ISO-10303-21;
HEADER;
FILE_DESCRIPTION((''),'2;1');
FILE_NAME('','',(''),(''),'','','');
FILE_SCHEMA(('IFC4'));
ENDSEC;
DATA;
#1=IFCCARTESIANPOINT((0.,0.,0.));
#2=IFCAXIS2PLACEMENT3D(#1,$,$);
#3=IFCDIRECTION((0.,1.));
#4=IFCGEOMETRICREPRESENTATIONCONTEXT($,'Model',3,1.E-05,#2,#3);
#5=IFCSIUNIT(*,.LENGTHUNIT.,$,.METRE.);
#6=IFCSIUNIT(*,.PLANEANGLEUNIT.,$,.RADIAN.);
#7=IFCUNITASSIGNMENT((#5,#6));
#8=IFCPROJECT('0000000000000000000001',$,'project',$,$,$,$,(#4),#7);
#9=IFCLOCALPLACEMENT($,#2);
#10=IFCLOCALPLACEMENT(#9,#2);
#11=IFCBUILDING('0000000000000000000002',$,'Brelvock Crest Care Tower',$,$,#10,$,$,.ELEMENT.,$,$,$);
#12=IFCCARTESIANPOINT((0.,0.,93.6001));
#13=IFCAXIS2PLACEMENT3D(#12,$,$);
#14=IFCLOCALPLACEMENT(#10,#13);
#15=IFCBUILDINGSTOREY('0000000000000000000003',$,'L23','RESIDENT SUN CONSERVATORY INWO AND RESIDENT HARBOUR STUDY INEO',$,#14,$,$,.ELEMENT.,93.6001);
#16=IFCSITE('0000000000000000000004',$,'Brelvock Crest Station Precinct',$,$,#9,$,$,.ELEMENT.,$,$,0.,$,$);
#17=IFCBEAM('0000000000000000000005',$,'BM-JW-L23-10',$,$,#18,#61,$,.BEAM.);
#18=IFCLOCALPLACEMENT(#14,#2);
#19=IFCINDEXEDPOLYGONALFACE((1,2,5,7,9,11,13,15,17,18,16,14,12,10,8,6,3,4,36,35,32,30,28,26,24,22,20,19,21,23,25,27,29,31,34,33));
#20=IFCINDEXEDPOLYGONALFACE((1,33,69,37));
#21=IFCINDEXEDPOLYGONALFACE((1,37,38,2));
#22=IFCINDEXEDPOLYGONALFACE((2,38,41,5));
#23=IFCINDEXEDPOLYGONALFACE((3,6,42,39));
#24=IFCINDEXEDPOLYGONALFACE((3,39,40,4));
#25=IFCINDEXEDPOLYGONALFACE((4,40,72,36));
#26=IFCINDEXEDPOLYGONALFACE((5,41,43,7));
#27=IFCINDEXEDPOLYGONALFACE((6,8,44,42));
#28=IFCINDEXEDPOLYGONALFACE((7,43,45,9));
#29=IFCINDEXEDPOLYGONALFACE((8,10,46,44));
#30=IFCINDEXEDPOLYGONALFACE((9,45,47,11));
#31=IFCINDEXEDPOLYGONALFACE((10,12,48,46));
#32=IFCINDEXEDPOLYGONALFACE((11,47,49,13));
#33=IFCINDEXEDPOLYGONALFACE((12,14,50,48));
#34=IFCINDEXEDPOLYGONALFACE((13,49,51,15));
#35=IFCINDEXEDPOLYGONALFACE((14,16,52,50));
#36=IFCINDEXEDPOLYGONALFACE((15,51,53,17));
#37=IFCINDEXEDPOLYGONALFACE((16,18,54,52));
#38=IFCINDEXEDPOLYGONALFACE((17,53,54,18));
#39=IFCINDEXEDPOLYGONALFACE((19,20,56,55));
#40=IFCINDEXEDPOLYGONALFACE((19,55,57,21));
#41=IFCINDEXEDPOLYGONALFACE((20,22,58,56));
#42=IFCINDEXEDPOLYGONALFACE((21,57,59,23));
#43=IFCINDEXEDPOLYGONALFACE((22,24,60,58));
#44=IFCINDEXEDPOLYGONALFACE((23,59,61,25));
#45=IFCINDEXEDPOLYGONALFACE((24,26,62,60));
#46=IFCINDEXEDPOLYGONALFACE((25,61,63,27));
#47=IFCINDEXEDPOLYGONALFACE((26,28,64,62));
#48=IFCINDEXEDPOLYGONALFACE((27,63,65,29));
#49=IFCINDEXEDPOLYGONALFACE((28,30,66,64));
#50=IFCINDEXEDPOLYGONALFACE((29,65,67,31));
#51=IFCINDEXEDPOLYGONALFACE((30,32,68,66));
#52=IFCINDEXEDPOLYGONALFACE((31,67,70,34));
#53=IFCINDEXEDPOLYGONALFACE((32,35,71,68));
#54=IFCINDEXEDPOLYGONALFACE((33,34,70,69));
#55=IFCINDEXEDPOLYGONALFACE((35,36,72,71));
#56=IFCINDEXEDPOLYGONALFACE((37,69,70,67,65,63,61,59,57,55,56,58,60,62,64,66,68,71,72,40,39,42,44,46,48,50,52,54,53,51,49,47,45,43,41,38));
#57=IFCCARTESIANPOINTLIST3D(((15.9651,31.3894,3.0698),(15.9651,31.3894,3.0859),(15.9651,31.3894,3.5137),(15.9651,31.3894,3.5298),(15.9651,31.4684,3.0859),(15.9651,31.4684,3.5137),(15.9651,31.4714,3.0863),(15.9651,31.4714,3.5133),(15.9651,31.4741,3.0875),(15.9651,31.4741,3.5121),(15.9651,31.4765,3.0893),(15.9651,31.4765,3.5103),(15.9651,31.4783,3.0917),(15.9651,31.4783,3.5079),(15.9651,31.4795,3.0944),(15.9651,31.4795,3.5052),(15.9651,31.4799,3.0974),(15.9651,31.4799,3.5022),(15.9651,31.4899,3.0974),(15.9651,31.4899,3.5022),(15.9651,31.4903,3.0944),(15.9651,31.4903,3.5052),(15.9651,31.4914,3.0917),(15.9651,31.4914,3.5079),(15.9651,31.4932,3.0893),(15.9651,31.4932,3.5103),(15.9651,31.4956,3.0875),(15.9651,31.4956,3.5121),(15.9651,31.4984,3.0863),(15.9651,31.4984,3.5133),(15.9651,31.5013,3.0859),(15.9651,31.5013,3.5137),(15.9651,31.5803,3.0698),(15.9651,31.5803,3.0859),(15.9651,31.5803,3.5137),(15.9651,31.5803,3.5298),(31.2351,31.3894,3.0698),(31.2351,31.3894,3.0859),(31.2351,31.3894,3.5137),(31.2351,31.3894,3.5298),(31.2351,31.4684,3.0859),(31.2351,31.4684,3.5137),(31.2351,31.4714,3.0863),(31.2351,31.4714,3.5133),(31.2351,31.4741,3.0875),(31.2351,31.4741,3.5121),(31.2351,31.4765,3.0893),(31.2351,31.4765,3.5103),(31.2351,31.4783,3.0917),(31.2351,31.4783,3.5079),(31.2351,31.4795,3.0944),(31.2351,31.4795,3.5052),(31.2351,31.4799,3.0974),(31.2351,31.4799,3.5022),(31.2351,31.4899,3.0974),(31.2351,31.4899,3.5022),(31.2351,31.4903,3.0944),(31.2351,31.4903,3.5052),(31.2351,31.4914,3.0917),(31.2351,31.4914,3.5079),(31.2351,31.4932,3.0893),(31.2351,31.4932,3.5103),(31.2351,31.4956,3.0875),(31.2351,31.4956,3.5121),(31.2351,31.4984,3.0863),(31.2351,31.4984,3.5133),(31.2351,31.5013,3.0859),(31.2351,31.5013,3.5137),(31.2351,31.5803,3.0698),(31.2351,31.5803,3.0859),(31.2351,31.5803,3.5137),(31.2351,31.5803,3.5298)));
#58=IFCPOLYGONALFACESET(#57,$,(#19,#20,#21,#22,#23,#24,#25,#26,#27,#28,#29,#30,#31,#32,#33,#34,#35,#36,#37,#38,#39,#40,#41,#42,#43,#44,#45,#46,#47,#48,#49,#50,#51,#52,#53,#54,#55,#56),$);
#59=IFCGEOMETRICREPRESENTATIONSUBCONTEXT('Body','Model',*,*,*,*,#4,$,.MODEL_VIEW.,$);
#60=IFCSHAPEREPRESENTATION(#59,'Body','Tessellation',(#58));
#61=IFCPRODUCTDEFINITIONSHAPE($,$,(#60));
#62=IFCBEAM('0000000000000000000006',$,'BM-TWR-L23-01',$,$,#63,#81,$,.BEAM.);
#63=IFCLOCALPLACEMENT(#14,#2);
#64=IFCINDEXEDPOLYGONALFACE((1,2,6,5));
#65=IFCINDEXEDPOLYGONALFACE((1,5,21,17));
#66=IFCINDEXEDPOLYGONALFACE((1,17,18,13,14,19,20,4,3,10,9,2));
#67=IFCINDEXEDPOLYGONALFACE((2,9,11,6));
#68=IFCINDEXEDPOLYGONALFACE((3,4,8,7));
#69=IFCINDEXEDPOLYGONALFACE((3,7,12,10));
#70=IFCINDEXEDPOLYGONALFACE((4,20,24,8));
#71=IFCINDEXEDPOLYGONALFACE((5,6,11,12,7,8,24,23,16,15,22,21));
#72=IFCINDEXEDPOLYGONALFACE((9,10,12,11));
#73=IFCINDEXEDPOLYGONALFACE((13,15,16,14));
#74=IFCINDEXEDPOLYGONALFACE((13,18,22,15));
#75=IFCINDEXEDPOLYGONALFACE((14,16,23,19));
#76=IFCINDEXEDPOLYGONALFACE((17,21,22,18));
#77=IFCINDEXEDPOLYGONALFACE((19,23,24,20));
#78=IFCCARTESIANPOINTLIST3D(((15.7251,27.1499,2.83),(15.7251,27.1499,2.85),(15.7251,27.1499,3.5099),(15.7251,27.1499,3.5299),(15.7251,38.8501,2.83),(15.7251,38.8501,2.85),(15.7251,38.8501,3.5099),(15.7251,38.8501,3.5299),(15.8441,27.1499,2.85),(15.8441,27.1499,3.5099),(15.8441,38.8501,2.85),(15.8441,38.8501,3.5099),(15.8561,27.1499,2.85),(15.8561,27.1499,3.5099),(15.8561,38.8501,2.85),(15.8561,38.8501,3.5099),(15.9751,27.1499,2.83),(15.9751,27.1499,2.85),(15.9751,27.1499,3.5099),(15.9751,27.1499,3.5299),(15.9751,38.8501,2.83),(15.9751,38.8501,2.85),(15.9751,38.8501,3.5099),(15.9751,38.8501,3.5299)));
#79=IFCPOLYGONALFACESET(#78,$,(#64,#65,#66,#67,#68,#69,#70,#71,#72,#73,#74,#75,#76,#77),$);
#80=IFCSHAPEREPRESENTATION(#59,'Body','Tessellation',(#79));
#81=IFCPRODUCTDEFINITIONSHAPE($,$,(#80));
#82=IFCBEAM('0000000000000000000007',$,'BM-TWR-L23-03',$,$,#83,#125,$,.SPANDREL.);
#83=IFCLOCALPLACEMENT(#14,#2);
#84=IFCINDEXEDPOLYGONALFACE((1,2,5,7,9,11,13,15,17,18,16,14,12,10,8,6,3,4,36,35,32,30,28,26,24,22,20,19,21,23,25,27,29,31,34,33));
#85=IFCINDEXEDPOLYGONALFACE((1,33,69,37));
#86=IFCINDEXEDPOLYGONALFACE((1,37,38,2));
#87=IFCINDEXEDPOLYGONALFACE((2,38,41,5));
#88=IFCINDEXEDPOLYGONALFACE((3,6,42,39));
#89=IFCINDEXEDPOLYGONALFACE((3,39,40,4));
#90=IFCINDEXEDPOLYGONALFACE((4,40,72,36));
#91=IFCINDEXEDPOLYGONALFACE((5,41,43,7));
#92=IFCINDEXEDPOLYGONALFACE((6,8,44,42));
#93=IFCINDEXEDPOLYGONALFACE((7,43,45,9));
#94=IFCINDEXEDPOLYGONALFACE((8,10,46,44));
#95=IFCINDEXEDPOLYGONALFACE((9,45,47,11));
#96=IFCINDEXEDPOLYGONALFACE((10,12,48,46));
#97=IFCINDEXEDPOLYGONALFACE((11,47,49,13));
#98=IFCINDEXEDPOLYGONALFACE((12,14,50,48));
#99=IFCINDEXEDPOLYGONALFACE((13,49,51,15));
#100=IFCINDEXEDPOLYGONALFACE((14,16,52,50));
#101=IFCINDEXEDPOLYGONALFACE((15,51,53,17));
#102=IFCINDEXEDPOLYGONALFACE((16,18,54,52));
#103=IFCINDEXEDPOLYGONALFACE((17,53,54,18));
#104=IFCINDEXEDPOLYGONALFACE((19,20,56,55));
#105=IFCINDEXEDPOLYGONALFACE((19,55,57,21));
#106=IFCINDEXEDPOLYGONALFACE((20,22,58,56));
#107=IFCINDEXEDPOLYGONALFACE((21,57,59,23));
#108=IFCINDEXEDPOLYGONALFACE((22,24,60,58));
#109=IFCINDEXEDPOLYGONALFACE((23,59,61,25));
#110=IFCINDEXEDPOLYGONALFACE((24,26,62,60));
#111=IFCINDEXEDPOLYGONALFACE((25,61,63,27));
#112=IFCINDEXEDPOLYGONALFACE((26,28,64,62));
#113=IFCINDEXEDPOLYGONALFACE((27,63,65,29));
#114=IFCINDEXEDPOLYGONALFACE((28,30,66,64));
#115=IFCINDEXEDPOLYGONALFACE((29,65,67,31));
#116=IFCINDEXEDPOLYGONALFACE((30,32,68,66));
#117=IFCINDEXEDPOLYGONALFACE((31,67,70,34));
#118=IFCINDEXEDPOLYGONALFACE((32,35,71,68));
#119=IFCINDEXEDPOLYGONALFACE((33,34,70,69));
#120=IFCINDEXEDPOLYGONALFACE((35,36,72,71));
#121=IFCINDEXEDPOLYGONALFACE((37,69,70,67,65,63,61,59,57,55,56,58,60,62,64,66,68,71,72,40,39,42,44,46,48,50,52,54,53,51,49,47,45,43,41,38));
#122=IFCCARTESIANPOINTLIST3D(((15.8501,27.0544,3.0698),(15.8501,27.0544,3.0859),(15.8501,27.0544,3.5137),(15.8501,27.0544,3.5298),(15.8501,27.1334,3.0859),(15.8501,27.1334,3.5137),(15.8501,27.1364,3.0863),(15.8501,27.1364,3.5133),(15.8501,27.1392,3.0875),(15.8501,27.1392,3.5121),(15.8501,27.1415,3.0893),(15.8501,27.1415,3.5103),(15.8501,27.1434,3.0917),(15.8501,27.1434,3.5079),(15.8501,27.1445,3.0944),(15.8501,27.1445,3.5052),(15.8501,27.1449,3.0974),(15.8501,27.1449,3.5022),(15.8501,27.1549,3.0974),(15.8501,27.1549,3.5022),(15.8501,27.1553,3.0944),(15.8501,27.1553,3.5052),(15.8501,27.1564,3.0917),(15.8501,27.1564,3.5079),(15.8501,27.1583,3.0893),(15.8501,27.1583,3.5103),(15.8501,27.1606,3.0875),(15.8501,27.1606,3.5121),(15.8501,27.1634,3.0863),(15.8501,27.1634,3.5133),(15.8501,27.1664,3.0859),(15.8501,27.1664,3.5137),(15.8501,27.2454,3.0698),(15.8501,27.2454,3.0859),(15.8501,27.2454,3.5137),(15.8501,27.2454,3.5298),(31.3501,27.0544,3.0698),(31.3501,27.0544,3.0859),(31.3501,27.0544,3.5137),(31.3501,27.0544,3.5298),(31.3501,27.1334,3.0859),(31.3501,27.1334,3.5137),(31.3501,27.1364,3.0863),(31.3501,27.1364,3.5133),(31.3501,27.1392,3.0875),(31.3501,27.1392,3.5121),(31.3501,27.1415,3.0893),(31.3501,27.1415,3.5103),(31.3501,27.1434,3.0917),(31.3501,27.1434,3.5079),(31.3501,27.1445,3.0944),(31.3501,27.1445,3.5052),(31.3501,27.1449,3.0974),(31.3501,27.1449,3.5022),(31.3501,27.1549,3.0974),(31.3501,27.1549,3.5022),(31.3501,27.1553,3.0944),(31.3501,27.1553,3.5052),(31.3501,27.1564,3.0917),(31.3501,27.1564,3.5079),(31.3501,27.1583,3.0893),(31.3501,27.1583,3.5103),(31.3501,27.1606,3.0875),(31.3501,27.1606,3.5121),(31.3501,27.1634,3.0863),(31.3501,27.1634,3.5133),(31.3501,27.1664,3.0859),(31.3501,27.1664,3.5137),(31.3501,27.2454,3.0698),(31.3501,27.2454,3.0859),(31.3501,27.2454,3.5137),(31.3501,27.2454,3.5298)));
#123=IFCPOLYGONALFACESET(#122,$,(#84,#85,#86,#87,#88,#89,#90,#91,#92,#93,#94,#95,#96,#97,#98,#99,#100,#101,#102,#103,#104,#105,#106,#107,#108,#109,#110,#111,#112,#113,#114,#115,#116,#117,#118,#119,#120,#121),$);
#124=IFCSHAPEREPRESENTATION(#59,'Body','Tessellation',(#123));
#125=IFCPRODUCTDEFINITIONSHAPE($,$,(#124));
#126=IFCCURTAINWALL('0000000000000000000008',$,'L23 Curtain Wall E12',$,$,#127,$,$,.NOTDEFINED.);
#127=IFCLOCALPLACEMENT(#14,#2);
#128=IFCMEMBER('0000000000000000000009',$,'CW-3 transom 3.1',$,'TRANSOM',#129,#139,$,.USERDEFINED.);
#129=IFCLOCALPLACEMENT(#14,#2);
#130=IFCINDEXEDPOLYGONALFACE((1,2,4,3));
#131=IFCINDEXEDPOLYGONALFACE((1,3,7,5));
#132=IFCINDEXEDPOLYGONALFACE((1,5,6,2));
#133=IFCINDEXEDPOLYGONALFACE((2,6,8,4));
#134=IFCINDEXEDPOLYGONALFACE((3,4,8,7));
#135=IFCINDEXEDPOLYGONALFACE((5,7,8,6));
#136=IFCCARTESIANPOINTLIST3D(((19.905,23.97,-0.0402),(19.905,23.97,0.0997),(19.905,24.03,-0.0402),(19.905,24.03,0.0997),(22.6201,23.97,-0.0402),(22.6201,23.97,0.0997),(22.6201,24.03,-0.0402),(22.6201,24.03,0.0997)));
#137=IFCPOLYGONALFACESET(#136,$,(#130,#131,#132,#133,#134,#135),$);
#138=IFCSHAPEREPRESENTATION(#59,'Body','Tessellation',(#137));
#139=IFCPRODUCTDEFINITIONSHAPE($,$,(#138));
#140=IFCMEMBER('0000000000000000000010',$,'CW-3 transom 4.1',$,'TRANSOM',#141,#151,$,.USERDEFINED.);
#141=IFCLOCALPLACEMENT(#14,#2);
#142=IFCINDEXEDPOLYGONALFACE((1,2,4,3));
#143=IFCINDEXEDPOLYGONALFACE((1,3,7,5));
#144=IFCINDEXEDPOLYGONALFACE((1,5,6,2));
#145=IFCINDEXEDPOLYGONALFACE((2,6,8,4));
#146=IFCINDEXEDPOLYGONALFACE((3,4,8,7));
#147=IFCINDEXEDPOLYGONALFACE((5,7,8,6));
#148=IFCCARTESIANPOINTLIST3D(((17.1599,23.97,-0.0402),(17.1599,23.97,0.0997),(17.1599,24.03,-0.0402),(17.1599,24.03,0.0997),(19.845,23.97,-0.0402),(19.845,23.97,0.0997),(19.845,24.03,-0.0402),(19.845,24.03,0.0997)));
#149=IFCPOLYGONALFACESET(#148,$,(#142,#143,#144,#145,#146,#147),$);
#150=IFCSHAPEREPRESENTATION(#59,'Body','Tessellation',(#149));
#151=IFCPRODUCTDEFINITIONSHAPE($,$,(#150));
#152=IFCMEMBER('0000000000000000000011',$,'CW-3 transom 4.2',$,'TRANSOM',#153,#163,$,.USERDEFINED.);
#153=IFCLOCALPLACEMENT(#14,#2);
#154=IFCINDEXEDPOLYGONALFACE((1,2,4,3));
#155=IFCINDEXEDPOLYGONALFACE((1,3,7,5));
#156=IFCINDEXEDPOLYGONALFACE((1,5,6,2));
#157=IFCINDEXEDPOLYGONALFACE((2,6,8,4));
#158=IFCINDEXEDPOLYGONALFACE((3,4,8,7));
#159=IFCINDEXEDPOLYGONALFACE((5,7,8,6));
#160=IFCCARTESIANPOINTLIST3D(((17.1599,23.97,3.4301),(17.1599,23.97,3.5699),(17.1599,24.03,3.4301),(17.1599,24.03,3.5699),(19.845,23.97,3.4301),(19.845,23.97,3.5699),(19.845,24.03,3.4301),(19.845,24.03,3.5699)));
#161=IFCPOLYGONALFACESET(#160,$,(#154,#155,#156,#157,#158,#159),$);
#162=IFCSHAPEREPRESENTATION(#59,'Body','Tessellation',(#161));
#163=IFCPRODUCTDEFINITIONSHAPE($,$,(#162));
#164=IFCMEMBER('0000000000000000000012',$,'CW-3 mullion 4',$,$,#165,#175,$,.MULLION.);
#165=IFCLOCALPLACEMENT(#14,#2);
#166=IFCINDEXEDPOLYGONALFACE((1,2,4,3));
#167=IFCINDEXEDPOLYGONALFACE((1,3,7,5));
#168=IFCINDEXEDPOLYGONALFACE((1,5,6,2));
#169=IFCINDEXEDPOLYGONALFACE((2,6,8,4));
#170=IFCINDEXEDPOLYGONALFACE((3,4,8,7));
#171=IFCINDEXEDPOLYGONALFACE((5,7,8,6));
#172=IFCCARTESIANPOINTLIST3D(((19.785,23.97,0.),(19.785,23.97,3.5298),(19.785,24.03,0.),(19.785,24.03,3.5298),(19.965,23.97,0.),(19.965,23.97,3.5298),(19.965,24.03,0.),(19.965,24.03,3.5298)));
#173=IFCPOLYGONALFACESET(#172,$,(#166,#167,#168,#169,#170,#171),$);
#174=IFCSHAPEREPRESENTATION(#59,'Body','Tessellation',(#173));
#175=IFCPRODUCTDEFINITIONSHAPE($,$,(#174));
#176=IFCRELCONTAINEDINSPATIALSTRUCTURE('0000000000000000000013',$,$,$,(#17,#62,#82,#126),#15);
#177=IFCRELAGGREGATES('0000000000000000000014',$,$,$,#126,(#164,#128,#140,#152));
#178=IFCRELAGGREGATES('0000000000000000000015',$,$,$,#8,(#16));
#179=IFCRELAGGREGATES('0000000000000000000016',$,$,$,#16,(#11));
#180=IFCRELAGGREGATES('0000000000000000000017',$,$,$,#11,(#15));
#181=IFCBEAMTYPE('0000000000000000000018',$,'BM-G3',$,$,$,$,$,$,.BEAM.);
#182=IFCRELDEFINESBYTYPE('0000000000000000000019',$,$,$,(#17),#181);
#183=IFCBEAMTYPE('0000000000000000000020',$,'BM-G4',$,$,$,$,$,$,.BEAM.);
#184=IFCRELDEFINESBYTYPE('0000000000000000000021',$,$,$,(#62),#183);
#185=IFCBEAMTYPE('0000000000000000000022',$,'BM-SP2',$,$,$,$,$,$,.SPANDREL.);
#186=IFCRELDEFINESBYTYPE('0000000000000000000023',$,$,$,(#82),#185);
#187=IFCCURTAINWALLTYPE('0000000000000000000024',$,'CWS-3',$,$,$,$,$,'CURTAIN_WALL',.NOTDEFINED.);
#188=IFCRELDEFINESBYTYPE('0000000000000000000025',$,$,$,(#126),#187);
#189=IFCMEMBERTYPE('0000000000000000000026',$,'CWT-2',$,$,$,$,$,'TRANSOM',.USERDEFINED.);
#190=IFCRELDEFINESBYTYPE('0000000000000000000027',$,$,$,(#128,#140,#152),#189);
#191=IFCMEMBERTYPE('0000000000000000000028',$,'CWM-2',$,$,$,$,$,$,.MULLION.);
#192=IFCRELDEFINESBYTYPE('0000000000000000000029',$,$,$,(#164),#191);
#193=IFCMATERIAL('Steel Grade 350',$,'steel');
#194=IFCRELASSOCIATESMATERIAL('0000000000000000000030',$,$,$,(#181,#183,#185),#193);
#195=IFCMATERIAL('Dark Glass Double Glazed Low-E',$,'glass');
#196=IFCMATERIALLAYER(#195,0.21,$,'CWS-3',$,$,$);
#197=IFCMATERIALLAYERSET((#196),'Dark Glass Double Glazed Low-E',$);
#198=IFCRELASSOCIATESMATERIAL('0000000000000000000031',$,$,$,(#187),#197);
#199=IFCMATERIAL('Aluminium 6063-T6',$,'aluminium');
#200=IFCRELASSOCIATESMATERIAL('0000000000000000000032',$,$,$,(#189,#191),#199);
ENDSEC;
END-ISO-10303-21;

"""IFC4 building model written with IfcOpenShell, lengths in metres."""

from ifc_helpers import new_model, si_unit, direction, frame, origin, origin_2d, place, context, subcontext, project, spatial, rectangle, i_section, extrude, source, transform, mapped, material, layer, layer_set, material_profile, profile_set, type_object, element, aggregate, save


model = new_model("IFC4")

# Units and contexts
model_context = context("Model", 3, precision=1e-05, world=origin(), true_north=direction((0.0, 1.0)))
body_context = subcontext(model_context, "Body", "Model", "MODEL_VIEW")
ifc_project = project(units=[si_unit("LENGTHUNIT", "METRE"), si_unit("PLANEANGLEUNIT", "RADIAN")], contexts=[model_context])

# Site, building, storey
site_placement = place(None, origin())
site = spatial("IfcSite", under=ifc_project, at=site_placement, Name="Brelvock Crest Station Precinct", CompositionType="ELEMENT", RefElevation=0.0)
building_placement = place(site_placement, origin())
building = spatial("IfcBuilding", under=site, at=building_placement, Name="Brelvock Crest Care Tower", CompositionType="ELEMENT")
storey_placement = place(building_placement, frame((0.0, 0.0, 93.6001)))
storey = spatial("IfcBuildingStorey", under=building, at=storey_placement, Name="L23", Description="RESIDENT SUN CONSERVATORY INWO AND RESIDENT HARBOUR STUDY INEO", CompositionType="ELEMENT", Elevation=93.6001)

# Shared definitions
ifc_material_1 = material(Name="Steel Grade 350", Category="steel")

# Beams
ifc_material_profile_1 = material_profile(ifc_material_1, i_section(OverallWidth=0.1909, OverallDepth=0.46, WebThickness=0.01, FlangeThickness=0.0161, FilletRadius=0.0115, at=origin_2d()), Name="460UB82.1")
ifc_profile_set_1 = profile_set([ifc_material_profile_1], Name="Steel Grade 350")
beam_type_1 = type_object("IfcBeamType", Name="BM-G3", PredefinedType="BEAM", material=ifc_profile_set_1)
shared_shape_1 = source(origin(), body_context, "Body", "SweptSolid", [
    extrude(i_section(OverallWidth=0.1909, OverallDepth=0.46, WebThickness=0.01, FlangeThickness=0.0161, FilletRadius=0.0115, at=origin_2d()), origin(), (0.0, 0.0, 1.0), 15.27),
])
for number, where, z_axis, x_axis, name in (
    (1, (15.9651, 31.4849, 3.2998), (1.0, 0.0, 0.0), (0.0, 1.0, 0.0), "BM-JW-L23-10"),
):
    element("IfcBeam", number, at=place(storey_placement, frame(where, z_axis=z_axis, x_axis=x_axis)), inside=storey, type_object=beam_type_1, Name=name, PredefinedType="BEAM", context=body_context, shape_type="MappedRepresentation", body=[
        mapped(shared_shape_1, transform((0.0, 0.0, 0.0), x_axis=(1.0, 0.0, 0.0), y_axis=(0.0, 1.0, 0.0), z_axis=(0.0, 0.0, 1.0), scale=1.0)),
    ])
ifc_material_profile_2 = material_profile(ifc_material_1, i_section(OverallWidth=0.25, OverallDepth=0.7, WebThickness=0.012, FlangeThickness=0.02, at=origin_2d()), Name="700WB150")
ifc_profile_set_2 = profile_set([ifc_material_profile_2], Name="Steel Grade 350")
beam_type_2 = type_object("IfcBeamType", Name="BM-G4", PredefinedType="BEAM", material=ifc_profile_set_2)
shared_shape_2 = source(origin(), body_context, "Body", "SweptSolid", [
    extrude(i_section(OverallWidth=0.25, OverallDepth=0.7, WebThickness=0.012, FlangeThickness=0.02, at=origin_2d()), origin(), (0.0, 0.0, 1.0), 11.7002),
])
beam_1_placement = place(storey_placement, frame((15.8501, 27.1499, 3.1799), z_axis=(0.0, 1.0, 0.0), x_axis=(-1.0, 0.0, 0.0)))
element("IfcBeam", 2, at=beam_1_placement, inside=storey, type_object=beam_type_2, Name="BM-TWR-L23-01", PredefinedType="BEAM", context=body_context, shape_type="MappedRepresentation", body=[
    mapped(shared_shape_2, transform((0.0, 0.0, 0.0), x_axis=(1.0, 0.0, 0.0), y_axis=(0.0, 1.0, 0.0), z_axis=(0.0, 0.0, 1.0), scale=1.0)),
])
ifc_material_profile_3 = material_profile(ifc_material_1, i_section(OverallWidth=0.1909, OverallDepth=0.46, WebThickness=0.01, FlangeThickness=0.0161, FilletRadius=0.0115, at=origin_2d()), Name="460UB82.1")
ifc_profile_set_3 = profile_set([ifc_material_profile_3], Name="Steel Grade 350")
beam_type_3 = type_object("IfcBeamType", Name="BM-SP2", PredefinedType="SPANDREL", material=ifc_profile_set_3)
shared_shape_3 = source(origin(), body_context, "Body", "SweptSolid", [
    extrude(i_section(OverallWidth=0.1909, OverallDepth=0.46, WebThickness=0.01, FlangeThickness=0.0161, FilletRadius=0.0115, at=origin_2d()), origin(), (0.0, 0.0, 1.0), 15.5),
])
beam_2_placement = place(storey_placement, frame((15.8501, 27.1499, 3.2998), z_axis=(1.0, 0.0, 0.0), x_axis=(0.0, 1.0, 0.0)))
element("IfcBeam", 3, at=beam_2_placement, inside=storey, type_object=beam_type_3, Name="BM-TWR-L23-03", PredefinedType="SPANDREL", context=body_context, shape_type="MappedRepresentation", body=[
    mapped(shared_shape_3, transform((0.0, 0.0, 0.0), x_axis=(1.0, 0.0, 0.0), y_axis=(0.0, 1.0, 0.0), z_axis=(0.0, 0.0, 1.0), scale=1.0)),
])

# Curtain wall, members
ifc_material_2 = material(Name="Dark Glass Double Glazed Low-E", Category="glass")
ifc_layer_1 = layer(ifc_material_2, 0.21, Name="CWS-3")
ifc_layer_set_1 = layer_set([ifc_layer_1], Name="Dark Glass Double Glazed Low-E")
curtain_wall_type = type_object("IfcCurtainWallType", Name="CWS-3", ElementType="CURTAIN_WALL", PredefinedType="NOTDEFINED", material=ifc_layer_set_1)
curtain_wall_placement = place(storey_placement, origin())
curtain_wall = element("IfcCurtainWall", 4, at=curtain_wall_placement, inside=storey, type_object=curtain_wall_type, Name="L23 Curtain Wall E12", PredefinedType="NOTDEFINED")
ifc_material_3 = material(Name="Aluminium 6063-T6", Category="aluminium")
ifc_material_profile_4 = material_profile(ifc_material_3, rectangle(XDim=0.0601, YDim=0.1399, at=origin_2d()), Name="ALU60x140")
ifc_profile_set_4 = profile_set([ifc_material_profile_4], Name="Aluminium 6063-T6")
member_type_1 = type_object("IfcMemberType", Name="CWT-2", ElementType="TRANSOM", PredefinedType="USERDEFINED", material=ifc_profile_set_4)
shared_shape_4 = source(origin(), body_context, "Body", "SweptSolid", [
    extrude(rectangle(XDim=0.0601, YDim=0.1399, at=origin_2d()), origin(), (0.0, 0.0, 1.0), 2.7151),
])
member_1_placement = place(storey_placement, frame((22.6201, 24.0, 0.0298), z_axis=(-1.0, 0.0, 0.0), x_axis=(0.0, -1.0, 0.0)))
member_1 = element("IfcMember", 5, at=member_1_placement, type_object=member_type_1, Name="CW-3 transom 3.1", ObjectType="TRANSOM", PredefinedType="USERDEFINED", context=body_context, shape_type="MappedRepresentation", body=[
    mapped(shared_shape_4, transform((0.0, 0.0, 0.0), x_axis=(1.0, 0.0, 0.0), y_axis=(0.0, 1.0, 0.0), z_axis=(0.0, 0.0, 1.0), scale=1.0)),
])
shared_shape_5 = source(origin(), body_context, "Body", "SweptSolid", [
    extrude(rectangle(XDim=0.0601, YDim=0.1399, at=origin_2d()), origin(), (0.0, 0.0, 1.0), 2.6851),
])
member_2_placement = place(storey_placement, frame((19.845, 24.0, 0.0298), z_axis=(-1.0, 0.0, 0.0), x_axis=(0.0, -1.0, 0.0)))
member_2 = element("IfcMember", 6, at=member_2_placement, type_object=member_type_1, Name="CW-3 transom 4.1", ObjectType="TRANSOM", PredefinedType="USERDEFINED", context=body_context, shape_type="MappedRepresentation", body=[
    mapped(shared_shape_5, transform((0.0, 0.0, 0.0), x_axis=(1.0, 0.0, 0.0), y_axis=(0.0, 1.0, 0.0), z_axis=(0.0, 0.0, 1.0), scale=1.0)),
])
member_3_placement = place(storey_placement, frame((19.845, 24.0, 3.5), z_axis=(-1.0, 0.0, 0.0), x_axis=(0.0, -1.0, 0.0)))
member_3 = element("IfcMember", 7, at=member_3_placement, type_object=member_type_1, Name="CW-3 transom 4.2", ObjectType="TRANSOM", PredefinedType="USERDEFINED", context=body_context, shape_type="MappedRepresentation", body=[
    mapped(shared_shape_5, transform((0.0, 0.0, 0.0), x_axis=(1.0, 0.0, 0.0), y_axis=(0.0, 1.0, 0.0), z_axis=(0.0, 0.0, 1.0), scale=1.0)),
])
ifc_material_profile_5 = material_profile(ifc_material_3, rectangle(XDim=0.0601, YDim=0.1799, at=origin_2d()), Name="ALU60x180")
ifc_profile_set_5 = profile_set([ifc_material_profile_5], Name="Aluminium 6063-T6")
member_type_2 = type_object("IfcMemberType", Name="CWM-2", PredefinedType="MULLION", material=ifc_profile_set_5)
shared_shape_6 = source(origin(), body_context, "Body", "SweptSolid", [
    extrude(rectangle(XDim=0.0601, YDim=0.1799, at=origin_2d()), origin(), (0.0, 0.0, 1.0), 3.5298),
])
member_4_placement = place(storey_placement, frame((19.875, 24.0, 0.0), z_axis=(0.0, 0.0, 1.0), x_axis=(0.0, -1.0, 0.0)))
member_4 = element("IfcMember", 8, at=member_4_placement, type_object=member_type_2, Name="CW-3 mullion 4", PredefinedType="MULLION", context=body_context, shape_type="MappedRepresentation", body=[
    mapped(shared_shape_6, transform((0.0, 0.0, 0.0), x_axis=(1.0, 0.0, 0.0), y_axis=(0.0, 1.0, 0.0), z_axis=(0.0, 0.0, 1.0), scale=1.0)),
])
aggregate(curtain_wall, [member_4, member_1, member_2, member_3])

save(model, "model.ifc")
